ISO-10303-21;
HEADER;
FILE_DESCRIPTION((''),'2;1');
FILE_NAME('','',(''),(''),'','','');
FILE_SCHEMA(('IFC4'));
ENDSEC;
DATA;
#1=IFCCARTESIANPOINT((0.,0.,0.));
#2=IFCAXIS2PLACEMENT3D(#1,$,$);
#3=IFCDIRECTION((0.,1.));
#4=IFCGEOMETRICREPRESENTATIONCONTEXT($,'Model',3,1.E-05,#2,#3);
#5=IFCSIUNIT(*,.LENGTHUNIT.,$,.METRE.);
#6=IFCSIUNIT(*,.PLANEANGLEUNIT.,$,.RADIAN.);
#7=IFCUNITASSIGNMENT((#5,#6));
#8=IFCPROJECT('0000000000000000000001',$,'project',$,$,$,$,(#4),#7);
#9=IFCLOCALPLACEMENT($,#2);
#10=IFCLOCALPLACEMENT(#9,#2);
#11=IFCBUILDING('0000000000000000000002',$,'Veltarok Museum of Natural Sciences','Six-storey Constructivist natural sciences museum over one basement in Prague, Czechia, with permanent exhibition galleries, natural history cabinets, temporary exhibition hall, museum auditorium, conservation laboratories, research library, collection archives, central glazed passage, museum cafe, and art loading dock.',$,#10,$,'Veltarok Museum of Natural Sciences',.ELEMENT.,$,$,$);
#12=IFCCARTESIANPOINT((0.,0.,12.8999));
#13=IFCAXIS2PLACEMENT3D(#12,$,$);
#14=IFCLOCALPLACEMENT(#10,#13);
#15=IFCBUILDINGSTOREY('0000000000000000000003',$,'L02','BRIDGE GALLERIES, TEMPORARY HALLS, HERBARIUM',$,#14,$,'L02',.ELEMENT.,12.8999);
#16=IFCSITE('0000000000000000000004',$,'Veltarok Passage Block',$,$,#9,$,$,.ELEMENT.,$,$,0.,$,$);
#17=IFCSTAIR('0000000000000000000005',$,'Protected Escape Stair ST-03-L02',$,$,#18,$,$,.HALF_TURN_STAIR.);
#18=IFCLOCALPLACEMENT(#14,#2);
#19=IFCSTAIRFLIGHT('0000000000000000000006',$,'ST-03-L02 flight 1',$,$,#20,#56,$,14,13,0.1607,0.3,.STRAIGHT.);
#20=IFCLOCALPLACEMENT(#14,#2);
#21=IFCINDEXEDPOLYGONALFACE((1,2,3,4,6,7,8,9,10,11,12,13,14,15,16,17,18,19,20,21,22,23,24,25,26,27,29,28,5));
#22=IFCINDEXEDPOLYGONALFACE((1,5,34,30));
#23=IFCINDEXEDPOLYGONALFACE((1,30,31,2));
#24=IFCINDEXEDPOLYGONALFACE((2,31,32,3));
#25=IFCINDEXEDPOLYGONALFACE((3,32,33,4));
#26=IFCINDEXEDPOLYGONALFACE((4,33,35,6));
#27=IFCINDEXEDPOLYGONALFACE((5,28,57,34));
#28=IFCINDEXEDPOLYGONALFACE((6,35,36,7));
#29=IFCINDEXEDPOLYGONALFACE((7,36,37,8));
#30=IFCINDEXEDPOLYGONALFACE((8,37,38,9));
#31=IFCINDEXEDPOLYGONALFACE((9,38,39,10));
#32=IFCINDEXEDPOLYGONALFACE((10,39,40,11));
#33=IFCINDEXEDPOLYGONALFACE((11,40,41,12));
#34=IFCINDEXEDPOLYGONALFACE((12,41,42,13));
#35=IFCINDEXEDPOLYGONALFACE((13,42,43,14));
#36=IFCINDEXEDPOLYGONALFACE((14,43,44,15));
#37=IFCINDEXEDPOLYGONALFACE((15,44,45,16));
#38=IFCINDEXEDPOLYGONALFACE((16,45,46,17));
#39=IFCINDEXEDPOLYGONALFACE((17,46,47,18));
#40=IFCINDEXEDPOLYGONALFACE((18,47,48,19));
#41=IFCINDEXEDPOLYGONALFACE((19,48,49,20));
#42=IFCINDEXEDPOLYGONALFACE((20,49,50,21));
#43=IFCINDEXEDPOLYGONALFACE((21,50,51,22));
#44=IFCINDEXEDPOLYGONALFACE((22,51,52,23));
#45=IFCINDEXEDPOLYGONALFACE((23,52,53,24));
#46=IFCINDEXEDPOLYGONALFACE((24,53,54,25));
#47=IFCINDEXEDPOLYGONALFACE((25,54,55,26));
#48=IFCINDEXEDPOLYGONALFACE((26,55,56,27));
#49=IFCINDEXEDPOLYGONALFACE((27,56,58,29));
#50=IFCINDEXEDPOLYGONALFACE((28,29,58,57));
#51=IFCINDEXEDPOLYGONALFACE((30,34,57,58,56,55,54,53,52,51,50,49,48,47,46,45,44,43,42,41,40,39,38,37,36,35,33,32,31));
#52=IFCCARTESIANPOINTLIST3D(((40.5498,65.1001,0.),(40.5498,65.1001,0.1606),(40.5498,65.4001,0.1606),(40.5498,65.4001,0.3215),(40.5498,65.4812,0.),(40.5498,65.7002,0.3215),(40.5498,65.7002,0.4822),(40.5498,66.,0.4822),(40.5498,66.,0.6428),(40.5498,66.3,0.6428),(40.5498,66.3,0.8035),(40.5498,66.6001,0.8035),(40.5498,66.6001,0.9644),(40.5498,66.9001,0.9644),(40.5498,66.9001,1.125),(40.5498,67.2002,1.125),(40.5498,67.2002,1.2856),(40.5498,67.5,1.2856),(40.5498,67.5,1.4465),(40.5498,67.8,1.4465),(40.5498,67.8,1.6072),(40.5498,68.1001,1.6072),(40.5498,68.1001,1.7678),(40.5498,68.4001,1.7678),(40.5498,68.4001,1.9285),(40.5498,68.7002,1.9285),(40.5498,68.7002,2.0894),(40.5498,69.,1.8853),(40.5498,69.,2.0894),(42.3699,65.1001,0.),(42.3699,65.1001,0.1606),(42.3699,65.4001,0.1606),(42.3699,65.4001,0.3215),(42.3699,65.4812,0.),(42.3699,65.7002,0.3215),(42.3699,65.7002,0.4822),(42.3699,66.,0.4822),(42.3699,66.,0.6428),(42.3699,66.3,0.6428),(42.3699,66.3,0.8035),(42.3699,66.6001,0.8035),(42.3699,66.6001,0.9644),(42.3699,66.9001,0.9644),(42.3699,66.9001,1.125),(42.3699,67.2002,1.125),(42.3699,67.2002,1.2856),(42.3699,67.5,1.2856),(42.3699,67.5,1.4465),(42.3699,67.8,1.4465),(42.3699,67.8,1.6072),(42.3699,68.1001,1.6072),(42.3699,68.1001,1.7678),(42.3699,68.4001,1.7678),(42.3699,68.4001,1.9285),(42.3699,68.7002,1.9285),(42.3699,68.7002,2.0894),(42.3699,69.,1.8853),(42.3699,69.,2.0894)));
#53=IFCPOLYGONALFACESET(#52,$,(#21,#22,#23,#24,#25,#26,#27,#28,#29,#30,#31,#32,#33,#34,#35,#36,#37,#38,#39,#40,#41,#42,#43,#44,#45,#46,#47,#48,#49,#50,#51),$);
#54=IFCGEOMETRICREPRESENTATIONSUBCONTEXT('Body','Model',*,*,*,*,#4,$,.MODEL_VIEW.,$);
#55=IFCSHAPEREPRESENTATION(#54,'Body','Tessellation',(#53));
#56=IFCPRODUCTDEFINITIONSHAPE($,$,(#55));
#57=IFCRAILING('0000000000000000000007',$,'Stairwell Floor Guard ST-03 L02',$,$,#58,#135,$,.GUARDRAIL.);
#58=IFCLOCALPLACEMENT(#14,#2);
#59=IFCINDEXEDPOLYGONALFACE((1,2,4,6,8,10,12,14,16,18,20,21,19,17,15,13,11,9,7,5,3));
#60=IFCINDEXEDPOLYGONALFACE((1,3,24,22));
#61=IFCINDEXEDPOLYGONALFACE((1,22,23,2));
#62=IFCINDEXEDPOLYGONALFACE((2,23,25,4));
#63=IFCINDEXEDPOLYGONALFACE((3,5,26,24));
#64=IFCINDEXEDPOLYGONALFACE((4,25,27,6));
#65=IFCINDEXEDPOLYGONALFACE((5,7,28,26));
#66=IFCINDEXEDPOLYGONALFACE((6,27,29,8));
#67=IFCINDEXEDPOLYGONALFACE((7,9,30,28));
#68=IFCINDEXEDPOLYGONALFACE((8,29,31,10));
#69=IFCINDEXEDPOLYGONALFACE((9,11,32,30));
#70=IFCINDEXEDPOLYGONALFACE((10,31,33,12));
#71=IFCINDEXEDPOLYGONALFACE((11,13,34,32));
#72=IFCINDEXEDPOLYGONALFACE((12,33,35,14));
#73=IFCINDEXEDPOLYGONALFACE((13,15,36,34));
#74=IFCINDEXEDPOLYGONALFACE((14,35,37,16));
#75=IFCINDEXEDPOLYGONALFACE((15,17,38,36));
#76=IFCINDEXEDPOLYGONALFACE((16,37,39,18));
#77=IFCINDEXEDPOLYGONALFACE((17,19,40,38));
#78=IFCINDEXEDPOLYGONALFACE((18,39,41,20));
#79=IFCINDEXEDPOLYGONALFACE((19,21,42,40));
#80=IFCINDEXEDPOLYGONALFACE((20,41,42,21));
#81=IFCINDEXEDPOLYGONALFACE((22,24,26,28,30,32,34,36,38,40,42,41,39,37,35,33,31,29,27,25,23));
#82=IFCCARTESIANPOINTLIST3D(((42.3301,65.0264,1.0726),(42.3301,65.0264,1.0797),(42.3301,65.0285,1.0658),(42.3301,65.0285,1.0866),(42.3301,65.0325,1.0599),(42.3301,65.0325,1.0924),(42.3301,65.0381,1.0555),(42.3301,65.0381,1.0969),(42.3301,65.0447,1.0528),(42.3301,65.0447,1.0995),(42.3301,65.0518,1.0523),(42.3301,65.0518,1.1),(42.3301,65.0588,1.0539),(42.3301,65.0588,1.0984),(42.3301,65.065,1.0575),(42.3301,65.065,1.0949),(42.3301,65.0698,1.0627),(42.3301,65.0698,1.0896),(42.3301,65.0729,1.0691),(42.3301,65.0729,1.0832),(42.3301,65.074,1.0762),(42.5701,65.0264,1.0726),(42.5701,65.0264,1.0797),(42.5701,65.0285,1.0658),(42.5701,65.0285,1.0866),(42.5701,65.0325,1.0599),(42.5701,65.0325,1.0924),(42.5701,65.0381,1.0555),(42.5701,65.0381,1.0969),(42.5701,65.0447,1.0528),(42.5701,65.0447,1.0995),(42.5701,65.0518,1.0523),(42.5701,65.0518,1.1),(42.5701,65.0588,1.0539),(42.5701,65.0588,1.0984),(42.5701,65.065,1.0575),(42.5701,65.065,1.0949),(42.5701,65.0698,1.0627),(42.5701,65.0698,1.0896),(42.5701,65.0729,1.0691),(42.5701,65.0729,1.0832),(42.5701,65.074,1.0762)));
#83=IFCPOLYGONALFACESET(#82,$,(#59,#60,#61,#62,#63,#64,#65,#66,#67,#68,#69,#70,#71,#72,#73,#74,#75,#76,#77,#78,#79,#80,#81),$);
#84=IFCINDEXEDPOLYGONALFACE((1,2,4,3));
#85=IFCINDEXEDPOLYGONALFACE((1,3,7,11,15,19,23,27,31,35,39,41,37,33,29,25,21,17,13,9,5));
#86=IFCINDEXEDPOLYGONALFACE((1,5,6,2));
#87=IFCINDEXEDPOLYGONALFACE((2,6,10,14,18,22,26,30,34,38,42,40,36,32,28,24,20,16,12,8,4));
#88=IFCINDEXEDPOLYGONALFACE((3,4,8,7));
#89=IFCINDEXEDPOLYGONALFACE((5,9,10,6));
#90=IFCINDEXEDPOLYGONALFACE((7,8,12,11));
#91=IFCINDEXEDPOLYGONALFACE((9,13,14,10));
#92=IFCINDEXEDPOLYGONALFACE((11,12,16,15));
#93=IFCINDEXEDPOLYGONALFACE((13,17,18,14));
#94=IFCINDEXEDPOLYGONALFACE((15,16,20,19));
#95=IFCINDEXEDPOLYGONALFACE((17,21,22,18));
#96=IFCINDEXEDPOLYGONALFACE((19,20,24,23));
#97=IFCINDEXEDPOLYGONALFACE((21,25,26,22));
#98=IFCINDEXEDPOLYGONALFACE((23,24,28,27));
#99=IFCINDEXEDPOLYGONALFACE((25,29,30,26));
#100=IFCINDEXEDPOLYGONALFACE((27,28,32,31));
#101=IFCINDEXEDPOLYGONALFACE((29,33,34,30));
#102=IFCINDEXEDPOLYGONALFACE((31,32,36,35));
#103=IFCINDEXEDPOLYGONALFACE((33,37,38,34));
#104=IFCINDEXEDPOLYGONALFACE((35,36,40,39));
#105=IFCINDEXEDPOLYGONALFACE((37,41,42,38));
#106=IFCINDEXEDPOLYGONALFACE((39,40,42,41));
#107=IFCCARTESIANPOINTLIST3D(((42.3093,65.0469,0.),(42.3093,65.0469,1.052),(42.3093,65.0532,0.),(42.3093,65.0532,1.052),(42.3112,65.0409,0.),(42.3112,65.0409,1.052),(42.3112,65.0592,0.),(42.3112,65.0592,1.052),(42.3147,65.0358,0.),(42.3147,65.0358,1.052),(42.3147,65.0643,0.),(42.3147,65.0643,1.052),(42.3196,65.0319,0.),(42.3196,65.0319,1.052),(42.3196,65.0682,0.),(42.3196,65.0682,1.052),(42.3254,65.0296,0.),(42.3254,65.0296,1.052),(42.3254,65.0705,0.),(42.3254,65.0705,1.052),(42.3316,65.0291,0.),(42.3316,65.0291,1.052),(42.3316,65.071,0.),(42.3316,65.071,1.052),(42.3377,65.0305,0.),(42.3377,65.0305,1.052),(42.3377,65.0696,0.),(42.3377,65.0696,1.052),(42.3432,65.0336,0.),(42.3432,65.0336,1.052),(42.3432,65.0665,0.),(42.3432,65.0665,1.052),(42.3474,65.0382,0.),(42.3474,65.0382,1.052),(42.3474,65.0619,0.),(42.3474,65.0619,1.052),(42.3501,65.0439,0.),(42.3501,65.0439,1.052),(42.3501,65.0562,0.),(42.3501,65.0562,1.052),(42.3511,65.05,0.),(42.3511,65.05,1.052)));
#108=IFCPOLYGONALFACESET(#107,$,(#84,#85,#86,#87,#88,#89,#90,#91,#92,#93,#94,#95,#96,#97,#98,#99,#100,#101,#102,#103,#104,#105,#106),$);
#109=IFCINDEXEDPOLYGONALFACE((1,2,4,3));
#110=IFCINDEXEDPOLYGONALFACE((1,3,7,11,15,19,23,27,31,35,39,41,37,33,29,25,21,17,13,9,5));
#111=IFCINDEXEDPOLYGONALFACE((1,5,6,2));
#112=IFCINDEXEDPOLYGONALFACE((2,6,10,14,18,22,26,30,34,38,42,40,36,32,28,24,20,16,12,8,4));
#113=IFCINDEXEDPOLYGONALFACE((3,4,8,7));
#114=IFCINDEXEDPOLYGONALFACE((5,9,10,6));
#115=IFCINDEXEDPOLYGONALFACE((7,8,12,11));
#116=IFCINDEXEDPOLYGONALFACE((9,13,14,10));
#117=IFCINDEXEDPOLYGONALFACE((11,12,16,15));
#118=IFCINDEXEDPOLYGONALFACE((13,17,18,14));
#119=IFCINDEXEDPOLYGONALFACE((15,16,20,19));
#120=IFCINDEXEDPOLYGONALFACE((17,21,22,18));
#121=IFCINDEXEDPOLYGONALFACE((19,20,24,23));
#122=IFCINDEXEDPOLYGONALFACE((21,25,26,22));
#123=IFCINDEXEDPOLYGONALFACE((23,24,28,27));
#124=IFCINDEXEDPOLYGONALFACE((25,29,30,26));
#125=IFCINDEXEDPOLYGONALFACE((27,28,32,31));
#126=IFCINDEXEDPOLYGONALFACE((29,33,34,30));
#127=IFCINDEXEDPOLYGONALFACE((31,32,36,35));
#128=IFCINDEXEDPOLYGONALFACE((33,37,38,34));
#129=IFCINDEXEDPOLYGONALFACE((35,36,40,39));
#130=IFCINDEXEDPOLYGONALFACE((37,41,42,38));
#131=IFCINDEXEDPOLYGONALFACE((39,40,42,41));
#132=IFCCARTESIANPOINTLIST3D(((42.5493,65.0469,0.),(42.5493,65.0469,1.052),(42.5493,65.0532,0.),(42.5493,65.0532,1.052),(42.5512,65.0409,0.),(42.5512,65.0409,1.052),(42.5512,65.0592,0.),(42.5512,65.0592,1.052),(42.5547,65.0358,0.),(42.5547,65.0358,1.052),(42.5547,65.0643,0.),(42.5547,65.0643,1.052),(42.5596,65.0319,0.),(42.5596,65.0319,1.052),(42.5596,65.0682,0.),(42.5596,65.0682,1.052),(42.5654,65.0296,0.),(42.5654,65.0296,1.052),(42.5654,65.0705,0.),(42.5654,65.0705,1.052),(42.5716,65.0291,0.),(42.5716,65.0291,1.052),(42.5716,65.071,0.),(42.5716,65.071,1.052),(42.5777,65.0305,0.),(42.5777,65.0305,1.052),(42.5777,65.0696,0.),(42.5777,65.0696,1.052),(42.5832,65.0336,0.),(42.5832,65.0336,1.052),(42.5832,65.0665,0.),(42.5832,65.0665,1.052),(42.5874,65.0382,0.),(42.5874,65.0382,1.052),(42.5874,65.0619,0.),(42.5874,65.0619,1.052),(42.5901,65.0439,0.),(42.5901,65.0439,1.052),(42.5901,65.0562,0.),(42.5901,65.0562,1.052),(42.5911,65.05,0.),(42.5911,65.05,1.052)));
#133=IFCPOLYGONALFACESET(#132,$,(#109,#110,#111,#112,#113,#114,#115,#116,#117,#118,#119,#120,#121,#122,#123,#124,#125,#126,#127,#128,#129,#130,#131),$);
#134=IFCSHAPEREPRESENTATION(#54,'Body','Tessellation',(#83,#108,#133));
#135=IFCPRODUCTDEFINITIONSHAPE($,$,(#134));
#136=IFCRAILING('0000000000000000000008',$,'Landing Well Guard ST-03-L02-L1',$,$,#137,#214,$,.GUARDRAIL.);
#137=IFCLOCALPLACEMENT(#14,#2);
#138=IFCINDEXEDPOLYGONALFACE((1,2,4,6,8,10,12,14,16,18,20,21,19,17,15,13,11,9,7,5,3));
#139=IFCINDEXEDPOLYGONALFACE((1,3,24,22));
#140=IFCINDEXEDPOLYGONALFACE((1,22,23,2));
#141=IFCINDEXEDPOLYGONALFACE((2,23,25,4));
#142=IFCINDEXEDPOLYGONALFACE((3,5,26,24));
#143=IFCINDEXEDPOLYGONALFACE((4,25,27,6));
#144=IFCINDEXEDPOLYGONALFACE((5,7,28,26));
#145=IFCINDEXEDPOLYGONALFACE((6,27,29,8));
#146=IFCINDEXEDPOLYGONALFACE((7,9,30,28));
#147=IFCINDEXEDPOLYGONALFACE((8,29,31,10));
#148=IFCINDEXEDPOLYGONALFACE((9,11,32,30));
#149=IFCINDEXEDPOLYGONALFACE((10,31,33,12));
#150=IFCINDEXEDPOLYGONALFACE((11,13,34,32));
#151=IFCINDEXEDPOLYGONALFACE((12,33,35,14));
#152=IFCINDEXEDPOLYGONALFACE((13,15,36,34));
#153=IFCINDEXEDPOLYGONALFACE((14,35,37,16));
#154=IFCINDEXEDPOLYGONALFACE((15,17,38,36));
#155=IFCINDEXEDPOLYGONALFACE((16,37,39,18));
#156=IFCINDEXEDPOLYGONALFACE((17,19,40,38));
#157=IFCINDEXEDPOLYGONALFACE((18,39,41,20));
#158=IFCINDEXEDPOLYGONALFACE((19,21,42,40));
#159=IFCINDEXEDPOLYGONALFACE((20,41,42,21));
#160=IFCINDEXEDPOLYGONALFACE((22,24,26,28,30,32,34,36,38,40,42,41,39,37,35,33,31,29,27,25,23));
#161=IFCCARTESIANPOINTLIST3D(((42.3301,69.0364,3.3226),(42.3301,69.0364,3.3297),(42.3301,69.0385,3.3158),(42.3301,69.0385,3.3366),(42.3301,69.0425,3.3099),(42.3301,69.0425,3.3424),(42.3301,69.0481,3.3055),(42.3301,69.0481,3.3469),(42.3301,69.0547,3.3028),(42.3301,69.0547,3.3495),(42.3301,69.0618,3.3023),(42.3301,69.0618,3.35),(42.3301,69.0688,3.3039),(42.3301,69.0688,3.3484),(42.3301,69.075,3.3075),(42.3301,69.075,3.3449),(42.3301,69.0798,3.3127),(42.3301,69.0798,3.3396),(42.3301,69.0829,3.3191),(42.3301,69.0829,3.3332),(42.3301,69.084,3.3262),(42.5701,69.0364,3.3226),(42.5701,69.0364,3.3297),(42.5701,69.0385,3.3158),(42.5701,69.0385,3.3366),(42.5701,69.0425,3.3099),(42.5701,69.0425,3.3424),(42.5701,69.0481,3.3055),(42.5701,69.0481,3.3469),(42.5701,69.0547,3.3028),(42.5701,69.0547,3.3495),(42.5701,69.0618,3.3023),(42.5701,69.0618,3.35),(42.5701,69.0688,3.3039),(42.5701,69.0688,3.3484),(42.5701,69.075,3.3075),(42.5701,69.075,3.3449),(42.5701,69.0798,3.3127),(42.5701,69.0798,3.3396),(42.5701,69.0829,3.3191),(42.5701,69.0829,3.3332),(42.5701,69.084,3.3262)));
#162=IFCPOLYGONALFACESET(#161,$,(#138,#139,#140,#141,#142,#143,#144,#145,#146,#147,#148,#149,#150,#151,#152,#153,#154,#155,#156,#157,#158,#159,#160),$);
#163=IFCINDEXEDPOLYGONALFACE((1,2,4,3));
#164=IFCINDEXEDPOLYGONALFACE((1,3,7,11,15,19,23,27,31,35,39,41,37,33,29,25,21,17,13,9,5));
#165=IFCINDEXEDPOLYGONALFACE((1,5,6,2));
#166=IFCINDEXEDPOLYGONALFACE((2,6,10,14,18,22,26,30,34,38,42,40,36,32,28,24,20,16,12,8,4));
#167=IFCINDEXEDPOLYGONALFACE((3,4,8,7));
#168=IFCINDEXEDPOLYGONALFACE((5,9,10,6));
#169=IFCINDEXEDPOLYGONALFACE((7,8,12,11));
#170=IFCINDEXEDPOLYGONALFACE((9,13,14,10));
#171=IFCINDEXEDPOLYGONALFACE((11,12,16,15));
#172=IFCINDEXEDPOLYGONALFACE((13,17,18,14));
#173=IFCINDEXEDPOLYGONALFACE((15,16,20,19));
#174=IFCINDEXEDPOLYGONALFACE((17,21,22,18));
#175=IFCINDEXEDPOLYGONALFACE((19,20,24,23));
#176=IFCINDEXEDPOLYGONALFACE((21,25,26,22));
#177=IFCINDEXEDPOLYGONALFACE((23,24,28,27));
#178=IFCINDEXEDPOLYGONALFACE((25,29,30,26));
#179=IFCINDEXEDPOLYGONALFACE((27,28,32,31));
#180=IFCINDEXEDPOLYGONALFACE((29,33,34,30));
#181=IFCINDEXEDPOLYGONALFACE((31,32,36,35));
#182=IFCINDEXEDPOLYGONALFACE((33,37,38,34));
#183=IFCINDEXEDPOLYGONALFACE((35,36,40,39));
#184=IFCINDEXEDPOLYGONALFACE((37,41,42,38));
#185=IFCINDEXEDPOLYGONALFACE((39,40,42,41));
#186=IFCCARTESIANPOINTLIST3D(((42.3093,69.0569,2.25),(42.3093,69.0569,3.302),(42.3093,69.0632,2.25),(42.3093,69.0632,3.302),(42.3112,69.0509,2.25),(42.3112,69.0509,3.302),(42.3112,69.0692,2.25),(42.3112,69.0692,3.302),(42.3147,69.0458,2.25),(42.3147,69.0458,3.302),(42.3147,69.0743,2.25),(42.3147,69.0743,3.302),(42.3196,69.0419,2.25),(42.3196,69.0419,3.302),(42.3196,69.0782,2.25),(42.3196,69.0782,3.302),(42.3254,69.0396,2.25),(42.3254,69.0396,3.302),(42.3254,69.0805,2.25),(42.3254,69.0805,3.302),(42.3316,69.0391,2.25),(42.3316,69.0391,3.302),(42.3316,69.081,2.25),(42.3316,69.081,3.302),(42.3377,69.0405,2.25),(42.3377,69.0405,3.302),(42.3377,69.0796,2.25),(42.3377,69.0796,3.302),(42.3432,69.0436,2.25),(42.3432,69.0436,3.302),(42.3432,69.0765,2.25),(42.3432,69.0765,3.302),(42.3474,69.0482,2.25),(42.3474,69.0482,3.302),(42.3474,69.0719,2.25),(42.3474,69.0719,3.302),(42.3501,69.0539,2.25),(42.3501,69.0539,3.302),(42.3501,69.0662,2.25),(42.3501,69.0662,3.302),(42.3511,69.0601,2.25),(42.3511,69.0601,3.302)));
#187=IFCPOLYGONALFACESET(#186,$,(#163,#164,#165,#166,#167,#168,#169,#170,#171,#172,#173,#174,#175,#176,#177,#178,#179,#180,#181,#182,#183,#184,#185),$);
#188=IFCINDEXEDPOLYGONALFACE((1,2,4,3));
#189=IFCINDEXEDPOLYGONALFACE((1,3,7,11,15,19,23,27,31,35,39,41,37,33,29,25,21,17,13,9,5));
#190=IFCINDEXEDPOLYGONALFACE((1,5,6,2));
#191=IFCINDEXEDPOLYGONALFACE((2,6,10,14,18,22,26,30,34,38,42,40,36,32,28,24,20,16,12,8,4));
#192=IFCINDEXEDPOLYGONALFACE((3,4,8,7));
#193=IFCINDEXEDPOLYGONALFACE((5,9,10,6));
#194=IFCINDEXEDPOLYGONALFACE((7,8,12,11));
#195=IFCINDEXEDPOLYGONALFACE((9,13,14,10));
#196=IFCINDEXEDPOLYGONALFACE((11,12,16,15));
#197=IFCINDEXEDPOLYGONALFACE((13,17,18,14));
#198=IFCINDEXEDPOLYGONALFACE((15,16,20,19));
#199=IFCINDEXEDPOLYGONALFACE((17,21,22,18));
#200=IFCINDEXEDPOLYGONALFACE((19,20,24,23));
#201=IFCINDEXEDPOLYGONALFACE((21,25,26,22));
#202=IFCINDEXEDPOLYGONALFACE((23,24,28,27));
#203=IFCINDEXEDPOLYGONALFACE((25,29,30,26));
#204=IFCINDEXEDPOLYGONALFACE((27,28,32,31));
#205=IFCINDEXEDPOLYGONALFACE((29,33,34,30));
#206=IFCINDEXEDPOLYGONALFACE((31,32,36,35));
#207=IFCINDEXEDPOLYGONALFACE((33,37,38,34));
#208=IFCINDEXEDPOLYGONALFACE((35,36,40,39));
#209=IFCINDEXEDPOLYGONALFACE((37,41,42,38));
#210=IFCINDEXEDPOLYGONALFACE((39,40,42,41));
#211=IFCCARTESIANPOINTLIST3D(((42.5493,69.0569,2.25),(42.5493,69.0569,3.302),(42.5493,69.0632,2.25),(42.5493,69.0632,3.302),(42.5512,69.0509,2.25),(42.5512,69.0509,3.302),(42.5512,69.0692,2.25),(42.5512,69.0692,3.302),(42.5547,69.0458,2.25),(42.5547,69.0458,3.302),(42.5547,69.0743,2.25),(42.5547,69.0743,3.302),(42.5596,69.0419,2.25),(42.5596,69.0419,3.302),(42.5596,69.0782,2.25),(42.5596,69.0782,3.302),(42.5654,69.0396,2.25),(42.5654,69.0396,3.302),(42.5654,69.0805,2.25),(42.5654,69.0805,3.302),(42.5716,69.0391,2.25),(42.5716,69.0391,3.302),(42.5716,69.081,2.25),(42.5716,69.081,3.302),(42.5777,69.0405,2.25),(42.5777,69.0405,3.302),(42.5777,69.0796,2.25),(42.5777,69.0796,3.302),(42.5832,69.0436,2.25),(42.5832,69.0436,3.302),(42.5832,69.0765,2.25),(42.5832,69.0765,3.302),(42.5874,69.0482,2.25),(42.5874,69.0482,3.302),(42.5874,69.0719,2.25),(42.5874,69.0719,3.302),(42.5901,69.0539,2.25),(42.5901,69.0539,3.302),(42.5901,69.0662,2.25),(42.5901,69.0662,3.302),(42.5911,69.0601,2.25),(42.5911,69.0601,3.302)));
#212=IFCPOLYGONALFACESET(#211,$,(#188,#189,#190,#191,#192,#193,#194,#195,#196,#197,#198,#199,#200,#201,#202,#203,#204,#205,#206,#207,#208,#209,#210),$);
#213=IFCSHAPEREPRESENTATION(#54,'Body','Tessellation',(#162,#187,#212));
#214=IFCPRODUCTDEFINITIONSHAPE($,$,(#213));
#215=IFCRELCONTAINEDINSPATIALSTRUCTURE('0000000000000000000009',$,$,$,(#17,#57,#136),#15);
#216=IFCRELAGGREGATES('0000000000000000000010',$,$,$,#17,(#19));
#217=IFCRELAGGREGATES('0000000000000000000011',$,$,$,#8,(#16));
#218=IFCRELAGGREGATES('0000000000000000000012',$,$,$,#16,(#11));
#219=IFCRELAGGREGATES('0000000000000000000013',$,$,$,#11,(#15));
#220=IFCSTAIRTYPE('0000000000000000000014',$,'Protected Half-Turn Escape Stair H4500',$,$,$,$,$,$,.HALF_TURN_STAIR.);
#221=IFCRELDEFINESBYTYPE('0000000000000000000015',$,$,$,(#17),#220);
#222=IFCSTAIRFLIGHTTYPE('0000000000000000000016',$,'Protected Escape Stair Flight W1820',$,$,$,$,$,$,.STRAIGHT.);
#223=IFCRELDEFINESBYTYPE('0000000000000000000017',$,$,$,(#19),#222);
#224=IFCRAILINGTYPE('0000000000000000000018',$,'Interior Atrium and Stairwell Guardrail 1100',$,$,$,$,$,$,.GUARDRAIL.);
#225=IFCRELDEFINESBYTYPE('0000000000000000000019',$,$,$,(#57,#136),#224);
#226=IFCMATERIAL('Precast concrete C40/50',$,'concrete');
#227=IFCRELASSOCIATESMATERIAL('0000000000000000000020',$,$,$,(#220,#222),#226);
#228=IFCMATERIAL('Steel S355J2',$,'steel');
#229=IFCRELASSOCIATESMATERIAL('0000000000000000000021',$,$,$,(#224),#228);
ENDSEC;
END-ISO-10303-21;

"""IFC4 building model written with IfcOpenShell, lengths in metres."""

from ifc_helpers import new_model, si_unit, direction, frame, origin, origin_2d, place, context, subcontext, project, spatial, polyline, circle, outline, extrude, material, type_object, element, aggregate, save


model = new_model("IFC4")

# Units and contexts
model_context = context("Model", 3, precision=1e-05, world=origin(), true_north=direction((0.0, 1.0)))
body_context = subcontext(model_context, "Body", "Model", "MODEL_VIEW")
ifc_project = project(units=[si_unit("LENGTHUNIT", "METRE"), si_unit("PLANEANGLEUNIT", "RADIAN")], contexts=[model_context])

# Site, building, storey
site_placement = place(None, origin())
site = spatial("IfcSite", under=ifc_project, at=site_placement, Name="Veltarok Passage Block", CompositionType="ELEMENT", RefElevation=0.0)
building_placement = place(site_placement, origin())
building = spatial("IfcBuilding", under=site, at=building_placement, Name="Veltarok Museum of Natural Sciences", Description="Six-storey Constructivist natural sciences museum over one basement in Prague, Czechia, with permanent exhibition galleries, natural history cabinets, temporary exhibition hall, museum auditorium, conservation laboratories, research library, collection archives, central glazed passage, museum cafe, and art loading dock.", LongName="Veltarok Museum of Natural Sciences", CompositionType="ELEMENT")
storey_placement = place(building_placement, frame((0.0, 0.0, 12.8999)))
storey = spatial("IfcBuildingStorey", under=building, at=storey_placement, Name="L02", Description="BRIDGE GALLERIES, TEMPORARY HALLS, HERBARIUM", LongName="L02", CompositionType="ELEMENT", Elevation=12.8999)

# Shared definitions
ifc_material_1 = material(Name="Steel S355J2", Category="steel")

# Shared definitions
ifc_material_2 = material(Name="Precast concrete C40/50", Category="concrete")

# Stair, stair flight
stair_type = type_object("IfcStairType", Name="Protected Half-Turn Escape Stair H4500", PredefinedType="HALF_TURN_STAIR", material=ifc_material_2)
stair_placement = place(storey_placement, origin())
stair = element("IfcStair", 1, at=stair_placement, inside=storey, type_object=stair_type, Name="Protected Escape Stair ST-03-L02", PredefinedType="HALF_TURN_STAIR")
stair_flight_type = type_object("IfcStairFlightType", Name="Protected Escape Stair Flight W1820", PredefinedType="STRAIGHT", material=ifc_material_2)
stair_flight_placement = place(storey_placement, frame((41.46, 65.1001, 0.0), z_axis=(0.0, 0.0, 1.0), x_axis=(0.0, 1.0, 0.0)))
stair_flight = element("IfcStairFlight", 2, at=stair_flight_placement, type_object=stair_flight_type, Name="ST-03-L02 flight 1", NumberOfRisers=14, NumberOfTreads=13, PredefinedType="STRAIGHT", RiserHeight=0.1607, TreadLength=0.3, context=body_context, shape_type="SweptSolid", body=[
    extrude(outline(polyline([(0.0, 0.0), (0.0, 0.1606), (0.3, 0.1606), (0.3, 0.3215), (0.6001, 0.3215), (0.6001, 0.4822), (0.8999, 0.4822), (0.8999, 0.6428), (1.2, 0.6428), (1.2, 0.8035), (1.5, 0.8035), (1.5, 0.9644), (1.8, 0.9644), (1.8, 1.125), (2.1001, 1.125), (2.1001, 1.2856), (2.3999, 1.2856), (2.3999, 1.4465), (2.7, 1.4465), (2.7, 1.6072), (3.0, 1.6072), (3.0, 1.7678), (3.3, 1.7678), (3.3, 1.9285), (3.6001, 1.9285), (3.6001, 2.0894), (3.8999, 2.0894), (3.8999, 2.25), (3.8999, 1.8853), (0.3811, 0.0), (0.0, 0.0)])), frame((0.0, 0.9102, 0.0), z_axis=(0.0, -1.0, 0.0), x_axis=(1.0, 0.0, 0.0)), (0.0, 0.0, 1.0), 1.8201),
])
aggregate(stair, [stair_flight])

# Railings
railing_type_1 = type_object("IfcRailingType", Name="Interior Atrium and Stairwell Guardrail 1100", PredefinedType="GUARDRAIL", material=ifc_material_1)
for number, where, name in (
    (3, (42.3301, 65.05, 0.0), "Stairwell Floor Guard ST-03 L02"),
    (4, (42.3301, 69.0601, 2.25), "Landing Well Guard ST-03-L02-L1"),
):
    element("IfcRailing", number, at=place(storey_placement, frame(where)), inside=storey, type_object=railing_type_1, Name=name, PredefinedType="GUARDRAIL", context=body_context, shape_type="SweptSolid", body=[
        extrude(circle(Radius=0.0239, at=origin_2d()), frame((0.0, 0.0, 1.0762), z_axis=(1.0, 0.0, 0.0), x_axis=(0.0, 1.0, 0.0)), (0.0, 0.0, 1.0), 0.24),
        extrude(circle(Radius=0.021, at=origin_2d()), origin(), (0.0, 0.0, 1.0), 1.052),
        extrude(circle(Radius=0.021, at=origin_2d()), frame((0.24, 0.0, 0.0)), (0.0, 0.0, 1.0), 1.052),
    ])

save(model, "model.ifc")
